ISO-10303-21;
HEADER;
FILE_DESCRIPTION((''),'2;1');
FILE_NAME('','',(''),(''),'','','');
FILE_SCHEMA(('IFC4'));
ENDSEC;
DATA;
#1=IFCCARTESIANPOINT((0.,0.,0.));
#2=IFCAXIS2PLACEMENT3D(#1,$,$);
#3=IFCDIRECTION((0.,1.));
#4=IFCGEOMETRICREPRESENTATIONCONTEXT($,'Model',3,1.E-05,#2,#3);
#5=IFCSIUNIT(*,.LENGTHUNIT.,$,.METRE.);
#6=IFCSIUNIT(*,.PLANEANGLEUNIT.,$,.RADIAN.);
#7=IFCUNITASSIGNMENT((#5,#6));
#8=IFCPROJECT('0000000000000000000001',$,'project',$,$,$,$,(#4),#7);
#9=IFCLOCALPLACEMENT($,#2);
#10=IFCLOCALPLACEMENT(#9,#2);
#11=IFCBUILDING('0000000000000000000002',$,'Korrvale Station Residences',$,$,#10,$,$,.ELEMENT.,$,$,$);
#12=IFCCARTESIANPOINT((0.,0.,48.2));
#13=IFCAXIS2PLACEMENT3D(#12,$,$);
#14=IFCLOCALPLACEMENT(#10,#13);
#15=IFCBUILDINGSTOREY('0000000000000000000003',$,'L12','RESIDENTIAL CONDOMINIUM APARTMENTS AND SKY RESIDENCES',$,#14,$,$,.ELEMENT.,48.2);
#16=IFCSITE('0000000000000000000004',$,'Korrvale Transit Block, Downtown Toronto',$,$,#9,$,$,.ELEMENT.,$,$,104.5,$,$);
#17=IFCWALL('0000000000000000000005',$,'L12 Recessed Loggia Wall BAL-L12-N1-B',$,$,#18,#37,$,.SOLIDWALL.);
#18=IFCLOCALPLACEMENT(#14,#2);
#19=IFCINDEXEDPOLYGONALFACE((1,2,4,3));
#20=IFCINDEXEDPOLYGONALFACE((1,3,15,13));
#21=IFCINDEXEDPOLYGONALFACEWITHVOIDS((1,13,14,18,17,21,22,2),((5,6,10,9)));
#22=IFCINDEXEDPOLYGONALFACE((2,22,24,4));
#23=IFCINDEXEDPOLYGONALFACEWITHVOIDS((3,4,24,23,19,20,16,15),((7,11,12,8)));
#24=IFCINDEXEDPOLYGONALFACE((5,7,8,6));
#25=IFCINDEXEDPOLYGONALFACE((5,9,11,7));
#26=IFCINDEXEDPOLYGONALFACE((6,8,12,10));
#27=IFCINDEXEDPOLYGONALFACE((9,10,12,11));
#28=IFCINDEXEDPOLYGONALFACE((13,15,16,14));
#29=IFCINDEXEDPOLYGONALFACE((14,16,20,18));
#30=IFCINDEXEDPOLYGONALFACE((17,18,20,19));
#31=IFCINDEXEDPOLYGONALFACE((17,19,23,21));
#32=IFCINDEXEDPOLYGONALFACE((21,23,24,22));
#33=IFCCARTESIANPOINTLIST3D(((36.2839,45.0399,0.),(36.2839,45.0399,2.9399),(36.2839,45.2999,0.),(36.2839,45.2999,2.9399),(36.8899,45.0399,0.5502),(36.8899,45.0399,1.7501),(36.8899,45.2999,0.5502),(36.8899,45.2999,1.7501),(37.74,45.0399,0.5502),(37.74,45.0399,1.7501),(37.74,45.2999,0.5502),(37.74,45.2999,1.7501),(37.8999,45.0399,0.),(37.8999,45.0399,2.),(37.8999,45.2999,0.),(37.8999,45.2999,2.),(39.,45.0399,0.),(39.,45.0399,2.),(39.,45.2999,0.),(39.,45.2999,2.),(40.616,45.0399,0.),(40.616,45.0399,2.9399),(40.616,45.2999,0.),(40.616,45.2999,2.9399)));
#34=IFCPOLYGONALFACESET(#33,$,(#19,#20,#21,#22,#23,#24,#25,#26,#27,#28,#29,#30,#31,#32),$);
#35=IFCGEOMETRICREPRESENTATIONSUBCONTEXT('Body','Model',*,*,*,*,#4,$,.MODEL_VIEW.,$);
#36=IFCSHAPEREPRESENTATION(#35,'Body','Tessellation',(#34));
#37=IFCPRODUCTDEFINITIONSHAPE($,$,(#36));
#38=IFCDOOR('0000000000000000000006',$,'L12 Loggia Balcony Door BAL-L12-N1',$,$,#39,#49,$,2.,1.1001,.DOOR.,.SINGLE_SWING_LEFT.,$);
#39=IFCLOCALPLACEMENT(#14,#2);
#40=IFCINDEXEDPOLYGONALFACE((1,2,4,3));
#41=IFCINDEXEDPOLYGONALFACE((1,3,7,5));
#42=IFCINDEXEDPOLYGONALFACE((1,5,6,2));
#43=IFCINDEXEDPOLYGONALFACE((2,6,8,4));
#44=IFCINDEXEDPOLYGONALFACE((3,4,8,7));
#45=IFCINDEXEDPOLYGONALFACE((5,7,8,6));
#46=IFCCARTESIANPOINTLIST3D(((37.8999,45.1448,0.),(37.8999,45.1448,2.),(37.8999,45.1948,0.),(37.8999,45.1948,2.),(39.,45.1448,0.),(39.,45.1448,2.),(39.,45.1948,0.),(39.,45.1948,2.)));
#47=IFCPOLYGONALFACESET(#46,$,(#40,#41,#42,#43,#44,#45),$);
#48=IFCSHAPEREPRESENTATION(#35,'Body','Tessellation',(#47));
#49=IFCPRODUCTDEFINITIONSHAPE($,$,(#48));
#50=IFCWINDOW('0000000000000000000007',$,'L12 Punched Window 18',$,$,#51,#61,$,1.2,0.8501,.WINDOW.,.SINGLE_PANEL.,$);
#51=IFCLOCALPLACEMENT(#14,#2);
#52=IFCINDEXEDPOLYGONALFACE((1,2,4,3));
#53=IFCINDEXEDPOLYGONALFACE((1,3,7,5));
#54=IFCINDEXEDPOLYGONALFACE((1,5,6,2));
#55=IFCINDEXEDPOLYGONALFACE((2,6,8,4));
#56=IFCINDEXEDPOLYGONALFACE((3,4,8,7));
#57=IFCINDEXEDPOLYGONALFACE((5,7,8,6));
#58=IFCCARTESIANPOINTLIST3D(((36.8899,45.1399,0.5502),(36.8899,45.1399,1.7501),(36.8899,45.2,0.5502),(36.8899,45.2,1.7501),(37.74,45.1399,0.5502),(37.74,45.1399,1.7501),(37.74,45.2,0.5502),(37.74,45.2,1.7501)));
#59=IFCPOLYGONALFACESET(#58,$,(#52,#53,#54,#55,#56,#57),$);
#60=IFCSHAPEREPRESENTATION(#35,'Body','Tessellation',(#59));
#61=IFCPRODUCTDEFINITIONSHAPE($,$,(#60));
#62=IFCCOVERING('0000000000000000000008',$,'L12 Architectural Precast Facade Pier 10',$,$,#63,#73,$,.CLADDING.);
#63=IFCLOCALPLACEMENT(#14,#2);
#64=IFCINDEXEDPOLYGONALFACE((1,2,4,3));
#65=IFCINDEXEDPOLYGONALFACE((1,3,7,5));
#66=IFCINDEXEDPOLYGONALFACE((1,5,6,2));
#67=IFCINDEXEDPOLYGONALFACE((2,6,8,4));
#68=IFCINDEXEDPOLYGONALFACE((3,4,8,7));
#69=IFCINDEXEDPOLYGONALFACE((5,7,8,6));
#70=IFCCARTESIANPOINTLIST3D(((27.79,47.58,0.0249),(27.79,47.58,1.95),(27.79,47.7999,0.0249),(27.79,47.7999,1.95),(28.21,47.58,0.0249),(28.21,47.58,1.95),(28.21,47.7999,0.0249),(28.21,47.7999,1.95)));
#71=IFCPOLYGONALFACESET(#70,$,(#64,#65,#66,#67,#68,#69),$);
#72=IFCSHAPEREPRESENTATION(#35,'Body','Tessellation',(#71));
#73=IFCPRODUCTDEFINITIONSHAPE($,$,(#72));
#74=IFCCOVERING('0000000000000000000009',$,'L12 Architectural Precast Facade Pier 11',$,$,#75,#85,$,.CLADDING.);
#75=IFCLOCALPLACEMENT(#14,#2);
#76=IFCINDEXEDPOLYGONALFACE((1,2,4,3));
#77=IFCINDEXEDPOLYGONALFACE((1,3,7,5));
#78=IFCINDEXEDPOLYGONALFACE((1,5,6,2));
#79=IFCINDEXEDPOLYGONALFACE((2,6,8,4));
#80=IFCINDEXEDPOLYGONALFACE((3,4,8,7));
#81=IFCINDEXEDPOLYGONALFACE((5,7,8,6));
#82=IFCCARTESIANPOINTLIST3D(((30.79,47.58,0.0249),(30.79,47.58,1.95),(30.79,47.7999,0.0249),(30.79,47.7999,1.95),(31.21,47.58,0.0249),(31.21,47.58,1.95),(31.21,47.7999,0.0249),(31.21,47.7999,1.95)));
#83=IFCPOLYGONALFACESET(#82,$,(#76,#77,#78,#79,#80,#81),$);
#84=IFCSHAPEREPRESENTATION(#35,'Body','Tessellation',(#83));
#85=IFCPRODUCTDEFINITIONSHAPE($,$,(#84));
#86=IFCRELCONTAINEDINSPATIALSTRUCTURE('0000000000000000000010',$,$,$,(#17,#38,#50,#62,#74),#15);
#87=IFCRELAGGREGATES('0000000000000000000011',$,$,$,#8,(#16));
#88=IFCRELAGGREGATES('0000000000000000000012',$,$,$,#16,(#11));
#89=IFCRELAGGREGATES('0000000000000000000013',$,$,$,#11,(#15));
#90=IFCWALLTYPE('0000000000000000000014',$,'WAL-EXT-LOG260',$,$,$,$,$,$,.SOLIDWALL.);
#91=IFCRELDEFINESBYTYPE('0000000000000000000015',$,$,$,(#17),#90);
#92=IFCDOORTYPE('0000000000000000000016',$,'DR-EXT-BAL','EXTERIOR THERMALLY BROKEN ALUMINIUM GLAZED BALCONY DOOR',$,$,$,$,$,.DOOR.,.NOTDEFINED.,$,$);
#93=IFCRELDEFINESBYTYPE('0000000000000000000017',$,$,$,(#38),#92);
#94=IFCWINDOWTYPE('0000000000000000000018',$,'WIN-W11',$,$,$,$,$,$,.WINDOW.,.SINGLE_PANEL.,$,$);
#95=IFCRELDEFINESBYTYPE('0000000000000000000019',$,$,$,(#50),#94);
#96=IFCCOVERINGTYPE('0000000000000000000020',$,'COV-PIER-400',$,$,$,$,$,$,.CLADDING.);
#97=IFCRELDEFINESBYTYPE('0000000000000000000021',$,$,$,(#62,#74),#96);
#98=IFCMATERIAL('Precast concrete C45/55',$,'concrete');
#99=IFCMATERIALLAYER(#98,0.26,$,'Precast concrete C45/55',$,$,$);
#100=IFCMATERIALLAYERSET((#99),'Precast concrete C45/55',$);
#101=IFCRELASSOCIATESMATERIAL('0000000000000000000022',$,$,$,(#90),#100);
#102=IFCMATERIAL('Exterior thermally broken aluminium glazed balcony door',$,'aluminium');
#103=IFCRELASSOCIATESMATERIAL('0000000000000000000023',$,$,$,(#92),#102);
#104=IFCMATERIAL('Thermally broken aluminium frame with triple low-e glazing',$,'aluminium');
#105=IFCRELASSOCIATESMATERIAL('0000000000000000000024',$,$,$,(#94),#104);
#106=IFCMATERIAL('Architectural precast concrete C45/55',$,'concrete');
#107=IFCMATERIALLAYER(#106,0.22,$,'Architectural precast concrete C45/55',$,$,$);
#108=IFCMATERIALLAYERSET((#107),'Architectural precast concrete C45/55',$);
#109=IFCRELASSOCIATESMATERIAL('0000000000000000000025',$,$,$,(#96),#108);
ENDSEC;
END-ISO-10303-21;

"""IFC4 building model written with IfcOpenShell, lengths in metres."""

from ifc_helpers import new_model, si_unit, direction, frame, frame_2d, origin, origin_2d, place, context, subcontext, project, spatial, rectangle, extrude, material, layer, layer_set, type_object, element, fill, save


model = new_model("IFC4")

# Units and contexts
model_context = context("Model", 3, precision=1e-05, world=origin(), true_north=direction((0.0, 1.0)))
body_context = subcontext(model_context, "Body", "Model", "MODEL_VIEW")
ifc_project = project(units=[si_unit("LENGTHUNIT", "METRE"), si_unit("PLANEANGLEUNIT", "RADIAN")], contexts=[model_context])

# Site, building, storey
site_placement = place(None, origin())
site = spatial("IfcSite", under=ifc_project, at=site_placement, Name="Korrvale Transit Block, Downtown Toronto", CompositionType="ELEMENT", RefElevation=104.5)
building_placement = place(site_placement, origin())
building = spatial("IfcBuilding", under=site, at=building_placement, Name="Korrvale Station Residences", CompositionType="ELEMENT")
storey_placement = place(building_placement, frame((0.0, 0.0, 48.2)))
storey = spatial("IfcBuildingStorey", under=building, at=storey_placement, Name="L12", Description="RESIDENTIAL CONDOMINIUM APARTMENTS AND SKY RESIDENCES", CompositionType="ELEMENT", Elevation=48.2)

# Shared definitions
ifc_material_1 = material(Name="Precast concrete C45/55", Category="concrete")
ifc_layer_1 = layer(ifc_material_1, 0.26, Name="Precast concrete C45/55")
ifc_layer_set_1 = layer_set([ifc_layer_1], Name="Precast concrete C45/55")
wall_type = type_object("IfcWallType", Name="WAL-EXT-LOG260", PredefinedType="SOLIDWALL", material=ifc_layer_set_1)

# Wall, openings, door, window
wall_1_placement = place(storey_placement, frame((36.2839, 45.1699, 0.0), z_axis=(0.0, 0.0, 1.0), x_axis=(1.0, 0.0, 0.0)))
wall_1 = element("IfcWall", 1, at=wall_1_placement, inside=storey, type_object=wall_type, Name="L12 Recessed Loggia Wall BAL-L12-N1-B", PredefinedType="SOLIDWALL", context=body_context, shape_type="SweptSolid", body=[
    extrude(rectangle(XDim=4.332, YDim=0.26, at=frame_2d((2.166, 0.0))), origin(), (0.0, 0.0, 1.0), 2.9399),
])
opening_1_placement = place(wall_1_placement, frame((1.616, 0.0, 0.0)))
opening_1 = element("IfcOpeningElement", 2, at=opening_1_placement, cuts=wall_1, PredefinedType="OPENING", context=body_context, shape_type="SweptSolid", body=[
    extrude(rectangle(XDim=1.1001, YDim=2.0, at=frame_2d((0.55, 1.0))), frame((0.0, 0.1401, 0.0), z_axis=(0.0, -1.0, 0.0), x_axis=(1.0, 0.0, 0.0)), (0.0, 0.0, 1.0), 0.28),
])
opening_2_placement = place(wall_1_placement, frame((0.606, 0.0, 0.55)))
opening_2 = element("IfcOpeningElement", 3, at=opening_2_placement, cuts=wall_1, PredefinedType="OPENING", context=body_context, shape_type="SweptSolid", body=[
    extrude(rectangle(XDim=0.8501, YDim=1.2, at=frame_2d((0.425, 0.6001))), frame((0.0, 0.1401, 0.0), z_axis=(0.0, -1.0, 0.0), x_axis=(1.0, 0.0, 0.0)), (0.0, 0.0, 1.0), 0.28),
])
ifc_material_2 = material(Name="Exterior thermally broken aluminium glazed balcony door", Category="aluminium")
door_type = type_object("IfcDoorType", Name="DR-EXT-BAL", Description="EXTERIOR THERMALLY BROKEN ALUMINIUM GLAZED BALCONY DOOR", OperationType="NOTDEFINED", PredefinedType="DOOR", material=ifc_material_2)
door_placement = place(opening_1_placement, origin())
door = element("IfcDoor", 4, at=door_placement, inside=storey, type_object=door_type, Name="L12 Loggia Balcony Door BAL-L12-N1", OperationType="SINGLE_SWING_LEFT", OverallHeight=2.0, OverallWidth=1.1001, PredefinedType="DOOR", context=body_context, shape_type="SweptSolid", body=[
    extrude(rectangle(XDim=1.1001, YDim=2.0, at=frame_2d((0.55, 1.0))), frame((0.0, 0.0249, 0.0), z_axis=(0.0, -1.0, 0.0), x_axis=(1.0, 0.0, 0.0)), (0.0, 0.0, 1.0), 0.05),
])
fill(opening_1, door)
ifc_material_3 = material(Name="Thermally broken aluminium frame with triple low-e glazing", Category="aluminium")
window_type = type_object("IfcWindowType", Name="WIN-W11", PartitioningType="SINGLE_PANEL", PredefinedType="WINDOW", material=ifc_material_3)
window_placement = place(opening_2_placement, origin())
window = element("IfcWindow", 5, at=window_placement, inside=storey, type_object=window_type, Name="L12 Punched Window 18", OverallHeight=1.2, OverallWidth=0.8501, PartitioningType="SINGLE_PANEL", PredefinedType="WINDOW", context=body_context, shape_type="SweptSolid", body=[
    extrude(rectangle(XDim=0.8501, YDim=1.2, at=frame_2d((0.425, 0.6001))), frame((0.0, 0.03, 0.0), z_axis=(0.0, -1.0, 0.0), x_axis=(1.0, 0.0, 0.0)), (0.0, 0.0, 1.0), 0.0601),
])
fill(opening_2, window)

# Coverings
ifc_material_4 = material(Name="Architectural precast concrete C45/55", Category="concrete")
ifc_layer_2 = layer(ifc_material_4, 0.22, Name="Architectural precast concrete C45/55")
ifc_layer_set_2 = layer_set([ifc_layer_2], Name="Architectural precast concrete C45/55")
covering_type = type_object("IfcCoveringType", Name="COV-PIER-400", PredefinedType="CLADDING", material=ifc_layer_set_2)
for number, where, z_axis, x_axis, name in (
    (6, (28.0, 47.6899, 0.0249), (0.0, 0.0, 1.0), (1.0, 0.0, 0.0), "L12 Architectural Precast Facade Pier 10"),
    (7, (31.0, 47.6899, 0.0249), (0.0, 0.0, 1.0), (1.0, 0.0, 0.0), "L12 Architectural Precast Facade Pier 11"),
):
    element("IfcCovering", number, at=place(storey_placement, frame(where, z_axis=z_axis, x_axis=x_axis)), inside=storey, type_object=covering_type, Name=name, PredefinedType="CLADDING", context=body_context, shape_type="SweptSolid", body=[
        extrude(rectangle(XDim=0.4199, YDim=0.22, at=origin_2d()), origin(), (0.0, 0.0, 1.0), 1.925),
    ])

save(model, "model.ifc")
